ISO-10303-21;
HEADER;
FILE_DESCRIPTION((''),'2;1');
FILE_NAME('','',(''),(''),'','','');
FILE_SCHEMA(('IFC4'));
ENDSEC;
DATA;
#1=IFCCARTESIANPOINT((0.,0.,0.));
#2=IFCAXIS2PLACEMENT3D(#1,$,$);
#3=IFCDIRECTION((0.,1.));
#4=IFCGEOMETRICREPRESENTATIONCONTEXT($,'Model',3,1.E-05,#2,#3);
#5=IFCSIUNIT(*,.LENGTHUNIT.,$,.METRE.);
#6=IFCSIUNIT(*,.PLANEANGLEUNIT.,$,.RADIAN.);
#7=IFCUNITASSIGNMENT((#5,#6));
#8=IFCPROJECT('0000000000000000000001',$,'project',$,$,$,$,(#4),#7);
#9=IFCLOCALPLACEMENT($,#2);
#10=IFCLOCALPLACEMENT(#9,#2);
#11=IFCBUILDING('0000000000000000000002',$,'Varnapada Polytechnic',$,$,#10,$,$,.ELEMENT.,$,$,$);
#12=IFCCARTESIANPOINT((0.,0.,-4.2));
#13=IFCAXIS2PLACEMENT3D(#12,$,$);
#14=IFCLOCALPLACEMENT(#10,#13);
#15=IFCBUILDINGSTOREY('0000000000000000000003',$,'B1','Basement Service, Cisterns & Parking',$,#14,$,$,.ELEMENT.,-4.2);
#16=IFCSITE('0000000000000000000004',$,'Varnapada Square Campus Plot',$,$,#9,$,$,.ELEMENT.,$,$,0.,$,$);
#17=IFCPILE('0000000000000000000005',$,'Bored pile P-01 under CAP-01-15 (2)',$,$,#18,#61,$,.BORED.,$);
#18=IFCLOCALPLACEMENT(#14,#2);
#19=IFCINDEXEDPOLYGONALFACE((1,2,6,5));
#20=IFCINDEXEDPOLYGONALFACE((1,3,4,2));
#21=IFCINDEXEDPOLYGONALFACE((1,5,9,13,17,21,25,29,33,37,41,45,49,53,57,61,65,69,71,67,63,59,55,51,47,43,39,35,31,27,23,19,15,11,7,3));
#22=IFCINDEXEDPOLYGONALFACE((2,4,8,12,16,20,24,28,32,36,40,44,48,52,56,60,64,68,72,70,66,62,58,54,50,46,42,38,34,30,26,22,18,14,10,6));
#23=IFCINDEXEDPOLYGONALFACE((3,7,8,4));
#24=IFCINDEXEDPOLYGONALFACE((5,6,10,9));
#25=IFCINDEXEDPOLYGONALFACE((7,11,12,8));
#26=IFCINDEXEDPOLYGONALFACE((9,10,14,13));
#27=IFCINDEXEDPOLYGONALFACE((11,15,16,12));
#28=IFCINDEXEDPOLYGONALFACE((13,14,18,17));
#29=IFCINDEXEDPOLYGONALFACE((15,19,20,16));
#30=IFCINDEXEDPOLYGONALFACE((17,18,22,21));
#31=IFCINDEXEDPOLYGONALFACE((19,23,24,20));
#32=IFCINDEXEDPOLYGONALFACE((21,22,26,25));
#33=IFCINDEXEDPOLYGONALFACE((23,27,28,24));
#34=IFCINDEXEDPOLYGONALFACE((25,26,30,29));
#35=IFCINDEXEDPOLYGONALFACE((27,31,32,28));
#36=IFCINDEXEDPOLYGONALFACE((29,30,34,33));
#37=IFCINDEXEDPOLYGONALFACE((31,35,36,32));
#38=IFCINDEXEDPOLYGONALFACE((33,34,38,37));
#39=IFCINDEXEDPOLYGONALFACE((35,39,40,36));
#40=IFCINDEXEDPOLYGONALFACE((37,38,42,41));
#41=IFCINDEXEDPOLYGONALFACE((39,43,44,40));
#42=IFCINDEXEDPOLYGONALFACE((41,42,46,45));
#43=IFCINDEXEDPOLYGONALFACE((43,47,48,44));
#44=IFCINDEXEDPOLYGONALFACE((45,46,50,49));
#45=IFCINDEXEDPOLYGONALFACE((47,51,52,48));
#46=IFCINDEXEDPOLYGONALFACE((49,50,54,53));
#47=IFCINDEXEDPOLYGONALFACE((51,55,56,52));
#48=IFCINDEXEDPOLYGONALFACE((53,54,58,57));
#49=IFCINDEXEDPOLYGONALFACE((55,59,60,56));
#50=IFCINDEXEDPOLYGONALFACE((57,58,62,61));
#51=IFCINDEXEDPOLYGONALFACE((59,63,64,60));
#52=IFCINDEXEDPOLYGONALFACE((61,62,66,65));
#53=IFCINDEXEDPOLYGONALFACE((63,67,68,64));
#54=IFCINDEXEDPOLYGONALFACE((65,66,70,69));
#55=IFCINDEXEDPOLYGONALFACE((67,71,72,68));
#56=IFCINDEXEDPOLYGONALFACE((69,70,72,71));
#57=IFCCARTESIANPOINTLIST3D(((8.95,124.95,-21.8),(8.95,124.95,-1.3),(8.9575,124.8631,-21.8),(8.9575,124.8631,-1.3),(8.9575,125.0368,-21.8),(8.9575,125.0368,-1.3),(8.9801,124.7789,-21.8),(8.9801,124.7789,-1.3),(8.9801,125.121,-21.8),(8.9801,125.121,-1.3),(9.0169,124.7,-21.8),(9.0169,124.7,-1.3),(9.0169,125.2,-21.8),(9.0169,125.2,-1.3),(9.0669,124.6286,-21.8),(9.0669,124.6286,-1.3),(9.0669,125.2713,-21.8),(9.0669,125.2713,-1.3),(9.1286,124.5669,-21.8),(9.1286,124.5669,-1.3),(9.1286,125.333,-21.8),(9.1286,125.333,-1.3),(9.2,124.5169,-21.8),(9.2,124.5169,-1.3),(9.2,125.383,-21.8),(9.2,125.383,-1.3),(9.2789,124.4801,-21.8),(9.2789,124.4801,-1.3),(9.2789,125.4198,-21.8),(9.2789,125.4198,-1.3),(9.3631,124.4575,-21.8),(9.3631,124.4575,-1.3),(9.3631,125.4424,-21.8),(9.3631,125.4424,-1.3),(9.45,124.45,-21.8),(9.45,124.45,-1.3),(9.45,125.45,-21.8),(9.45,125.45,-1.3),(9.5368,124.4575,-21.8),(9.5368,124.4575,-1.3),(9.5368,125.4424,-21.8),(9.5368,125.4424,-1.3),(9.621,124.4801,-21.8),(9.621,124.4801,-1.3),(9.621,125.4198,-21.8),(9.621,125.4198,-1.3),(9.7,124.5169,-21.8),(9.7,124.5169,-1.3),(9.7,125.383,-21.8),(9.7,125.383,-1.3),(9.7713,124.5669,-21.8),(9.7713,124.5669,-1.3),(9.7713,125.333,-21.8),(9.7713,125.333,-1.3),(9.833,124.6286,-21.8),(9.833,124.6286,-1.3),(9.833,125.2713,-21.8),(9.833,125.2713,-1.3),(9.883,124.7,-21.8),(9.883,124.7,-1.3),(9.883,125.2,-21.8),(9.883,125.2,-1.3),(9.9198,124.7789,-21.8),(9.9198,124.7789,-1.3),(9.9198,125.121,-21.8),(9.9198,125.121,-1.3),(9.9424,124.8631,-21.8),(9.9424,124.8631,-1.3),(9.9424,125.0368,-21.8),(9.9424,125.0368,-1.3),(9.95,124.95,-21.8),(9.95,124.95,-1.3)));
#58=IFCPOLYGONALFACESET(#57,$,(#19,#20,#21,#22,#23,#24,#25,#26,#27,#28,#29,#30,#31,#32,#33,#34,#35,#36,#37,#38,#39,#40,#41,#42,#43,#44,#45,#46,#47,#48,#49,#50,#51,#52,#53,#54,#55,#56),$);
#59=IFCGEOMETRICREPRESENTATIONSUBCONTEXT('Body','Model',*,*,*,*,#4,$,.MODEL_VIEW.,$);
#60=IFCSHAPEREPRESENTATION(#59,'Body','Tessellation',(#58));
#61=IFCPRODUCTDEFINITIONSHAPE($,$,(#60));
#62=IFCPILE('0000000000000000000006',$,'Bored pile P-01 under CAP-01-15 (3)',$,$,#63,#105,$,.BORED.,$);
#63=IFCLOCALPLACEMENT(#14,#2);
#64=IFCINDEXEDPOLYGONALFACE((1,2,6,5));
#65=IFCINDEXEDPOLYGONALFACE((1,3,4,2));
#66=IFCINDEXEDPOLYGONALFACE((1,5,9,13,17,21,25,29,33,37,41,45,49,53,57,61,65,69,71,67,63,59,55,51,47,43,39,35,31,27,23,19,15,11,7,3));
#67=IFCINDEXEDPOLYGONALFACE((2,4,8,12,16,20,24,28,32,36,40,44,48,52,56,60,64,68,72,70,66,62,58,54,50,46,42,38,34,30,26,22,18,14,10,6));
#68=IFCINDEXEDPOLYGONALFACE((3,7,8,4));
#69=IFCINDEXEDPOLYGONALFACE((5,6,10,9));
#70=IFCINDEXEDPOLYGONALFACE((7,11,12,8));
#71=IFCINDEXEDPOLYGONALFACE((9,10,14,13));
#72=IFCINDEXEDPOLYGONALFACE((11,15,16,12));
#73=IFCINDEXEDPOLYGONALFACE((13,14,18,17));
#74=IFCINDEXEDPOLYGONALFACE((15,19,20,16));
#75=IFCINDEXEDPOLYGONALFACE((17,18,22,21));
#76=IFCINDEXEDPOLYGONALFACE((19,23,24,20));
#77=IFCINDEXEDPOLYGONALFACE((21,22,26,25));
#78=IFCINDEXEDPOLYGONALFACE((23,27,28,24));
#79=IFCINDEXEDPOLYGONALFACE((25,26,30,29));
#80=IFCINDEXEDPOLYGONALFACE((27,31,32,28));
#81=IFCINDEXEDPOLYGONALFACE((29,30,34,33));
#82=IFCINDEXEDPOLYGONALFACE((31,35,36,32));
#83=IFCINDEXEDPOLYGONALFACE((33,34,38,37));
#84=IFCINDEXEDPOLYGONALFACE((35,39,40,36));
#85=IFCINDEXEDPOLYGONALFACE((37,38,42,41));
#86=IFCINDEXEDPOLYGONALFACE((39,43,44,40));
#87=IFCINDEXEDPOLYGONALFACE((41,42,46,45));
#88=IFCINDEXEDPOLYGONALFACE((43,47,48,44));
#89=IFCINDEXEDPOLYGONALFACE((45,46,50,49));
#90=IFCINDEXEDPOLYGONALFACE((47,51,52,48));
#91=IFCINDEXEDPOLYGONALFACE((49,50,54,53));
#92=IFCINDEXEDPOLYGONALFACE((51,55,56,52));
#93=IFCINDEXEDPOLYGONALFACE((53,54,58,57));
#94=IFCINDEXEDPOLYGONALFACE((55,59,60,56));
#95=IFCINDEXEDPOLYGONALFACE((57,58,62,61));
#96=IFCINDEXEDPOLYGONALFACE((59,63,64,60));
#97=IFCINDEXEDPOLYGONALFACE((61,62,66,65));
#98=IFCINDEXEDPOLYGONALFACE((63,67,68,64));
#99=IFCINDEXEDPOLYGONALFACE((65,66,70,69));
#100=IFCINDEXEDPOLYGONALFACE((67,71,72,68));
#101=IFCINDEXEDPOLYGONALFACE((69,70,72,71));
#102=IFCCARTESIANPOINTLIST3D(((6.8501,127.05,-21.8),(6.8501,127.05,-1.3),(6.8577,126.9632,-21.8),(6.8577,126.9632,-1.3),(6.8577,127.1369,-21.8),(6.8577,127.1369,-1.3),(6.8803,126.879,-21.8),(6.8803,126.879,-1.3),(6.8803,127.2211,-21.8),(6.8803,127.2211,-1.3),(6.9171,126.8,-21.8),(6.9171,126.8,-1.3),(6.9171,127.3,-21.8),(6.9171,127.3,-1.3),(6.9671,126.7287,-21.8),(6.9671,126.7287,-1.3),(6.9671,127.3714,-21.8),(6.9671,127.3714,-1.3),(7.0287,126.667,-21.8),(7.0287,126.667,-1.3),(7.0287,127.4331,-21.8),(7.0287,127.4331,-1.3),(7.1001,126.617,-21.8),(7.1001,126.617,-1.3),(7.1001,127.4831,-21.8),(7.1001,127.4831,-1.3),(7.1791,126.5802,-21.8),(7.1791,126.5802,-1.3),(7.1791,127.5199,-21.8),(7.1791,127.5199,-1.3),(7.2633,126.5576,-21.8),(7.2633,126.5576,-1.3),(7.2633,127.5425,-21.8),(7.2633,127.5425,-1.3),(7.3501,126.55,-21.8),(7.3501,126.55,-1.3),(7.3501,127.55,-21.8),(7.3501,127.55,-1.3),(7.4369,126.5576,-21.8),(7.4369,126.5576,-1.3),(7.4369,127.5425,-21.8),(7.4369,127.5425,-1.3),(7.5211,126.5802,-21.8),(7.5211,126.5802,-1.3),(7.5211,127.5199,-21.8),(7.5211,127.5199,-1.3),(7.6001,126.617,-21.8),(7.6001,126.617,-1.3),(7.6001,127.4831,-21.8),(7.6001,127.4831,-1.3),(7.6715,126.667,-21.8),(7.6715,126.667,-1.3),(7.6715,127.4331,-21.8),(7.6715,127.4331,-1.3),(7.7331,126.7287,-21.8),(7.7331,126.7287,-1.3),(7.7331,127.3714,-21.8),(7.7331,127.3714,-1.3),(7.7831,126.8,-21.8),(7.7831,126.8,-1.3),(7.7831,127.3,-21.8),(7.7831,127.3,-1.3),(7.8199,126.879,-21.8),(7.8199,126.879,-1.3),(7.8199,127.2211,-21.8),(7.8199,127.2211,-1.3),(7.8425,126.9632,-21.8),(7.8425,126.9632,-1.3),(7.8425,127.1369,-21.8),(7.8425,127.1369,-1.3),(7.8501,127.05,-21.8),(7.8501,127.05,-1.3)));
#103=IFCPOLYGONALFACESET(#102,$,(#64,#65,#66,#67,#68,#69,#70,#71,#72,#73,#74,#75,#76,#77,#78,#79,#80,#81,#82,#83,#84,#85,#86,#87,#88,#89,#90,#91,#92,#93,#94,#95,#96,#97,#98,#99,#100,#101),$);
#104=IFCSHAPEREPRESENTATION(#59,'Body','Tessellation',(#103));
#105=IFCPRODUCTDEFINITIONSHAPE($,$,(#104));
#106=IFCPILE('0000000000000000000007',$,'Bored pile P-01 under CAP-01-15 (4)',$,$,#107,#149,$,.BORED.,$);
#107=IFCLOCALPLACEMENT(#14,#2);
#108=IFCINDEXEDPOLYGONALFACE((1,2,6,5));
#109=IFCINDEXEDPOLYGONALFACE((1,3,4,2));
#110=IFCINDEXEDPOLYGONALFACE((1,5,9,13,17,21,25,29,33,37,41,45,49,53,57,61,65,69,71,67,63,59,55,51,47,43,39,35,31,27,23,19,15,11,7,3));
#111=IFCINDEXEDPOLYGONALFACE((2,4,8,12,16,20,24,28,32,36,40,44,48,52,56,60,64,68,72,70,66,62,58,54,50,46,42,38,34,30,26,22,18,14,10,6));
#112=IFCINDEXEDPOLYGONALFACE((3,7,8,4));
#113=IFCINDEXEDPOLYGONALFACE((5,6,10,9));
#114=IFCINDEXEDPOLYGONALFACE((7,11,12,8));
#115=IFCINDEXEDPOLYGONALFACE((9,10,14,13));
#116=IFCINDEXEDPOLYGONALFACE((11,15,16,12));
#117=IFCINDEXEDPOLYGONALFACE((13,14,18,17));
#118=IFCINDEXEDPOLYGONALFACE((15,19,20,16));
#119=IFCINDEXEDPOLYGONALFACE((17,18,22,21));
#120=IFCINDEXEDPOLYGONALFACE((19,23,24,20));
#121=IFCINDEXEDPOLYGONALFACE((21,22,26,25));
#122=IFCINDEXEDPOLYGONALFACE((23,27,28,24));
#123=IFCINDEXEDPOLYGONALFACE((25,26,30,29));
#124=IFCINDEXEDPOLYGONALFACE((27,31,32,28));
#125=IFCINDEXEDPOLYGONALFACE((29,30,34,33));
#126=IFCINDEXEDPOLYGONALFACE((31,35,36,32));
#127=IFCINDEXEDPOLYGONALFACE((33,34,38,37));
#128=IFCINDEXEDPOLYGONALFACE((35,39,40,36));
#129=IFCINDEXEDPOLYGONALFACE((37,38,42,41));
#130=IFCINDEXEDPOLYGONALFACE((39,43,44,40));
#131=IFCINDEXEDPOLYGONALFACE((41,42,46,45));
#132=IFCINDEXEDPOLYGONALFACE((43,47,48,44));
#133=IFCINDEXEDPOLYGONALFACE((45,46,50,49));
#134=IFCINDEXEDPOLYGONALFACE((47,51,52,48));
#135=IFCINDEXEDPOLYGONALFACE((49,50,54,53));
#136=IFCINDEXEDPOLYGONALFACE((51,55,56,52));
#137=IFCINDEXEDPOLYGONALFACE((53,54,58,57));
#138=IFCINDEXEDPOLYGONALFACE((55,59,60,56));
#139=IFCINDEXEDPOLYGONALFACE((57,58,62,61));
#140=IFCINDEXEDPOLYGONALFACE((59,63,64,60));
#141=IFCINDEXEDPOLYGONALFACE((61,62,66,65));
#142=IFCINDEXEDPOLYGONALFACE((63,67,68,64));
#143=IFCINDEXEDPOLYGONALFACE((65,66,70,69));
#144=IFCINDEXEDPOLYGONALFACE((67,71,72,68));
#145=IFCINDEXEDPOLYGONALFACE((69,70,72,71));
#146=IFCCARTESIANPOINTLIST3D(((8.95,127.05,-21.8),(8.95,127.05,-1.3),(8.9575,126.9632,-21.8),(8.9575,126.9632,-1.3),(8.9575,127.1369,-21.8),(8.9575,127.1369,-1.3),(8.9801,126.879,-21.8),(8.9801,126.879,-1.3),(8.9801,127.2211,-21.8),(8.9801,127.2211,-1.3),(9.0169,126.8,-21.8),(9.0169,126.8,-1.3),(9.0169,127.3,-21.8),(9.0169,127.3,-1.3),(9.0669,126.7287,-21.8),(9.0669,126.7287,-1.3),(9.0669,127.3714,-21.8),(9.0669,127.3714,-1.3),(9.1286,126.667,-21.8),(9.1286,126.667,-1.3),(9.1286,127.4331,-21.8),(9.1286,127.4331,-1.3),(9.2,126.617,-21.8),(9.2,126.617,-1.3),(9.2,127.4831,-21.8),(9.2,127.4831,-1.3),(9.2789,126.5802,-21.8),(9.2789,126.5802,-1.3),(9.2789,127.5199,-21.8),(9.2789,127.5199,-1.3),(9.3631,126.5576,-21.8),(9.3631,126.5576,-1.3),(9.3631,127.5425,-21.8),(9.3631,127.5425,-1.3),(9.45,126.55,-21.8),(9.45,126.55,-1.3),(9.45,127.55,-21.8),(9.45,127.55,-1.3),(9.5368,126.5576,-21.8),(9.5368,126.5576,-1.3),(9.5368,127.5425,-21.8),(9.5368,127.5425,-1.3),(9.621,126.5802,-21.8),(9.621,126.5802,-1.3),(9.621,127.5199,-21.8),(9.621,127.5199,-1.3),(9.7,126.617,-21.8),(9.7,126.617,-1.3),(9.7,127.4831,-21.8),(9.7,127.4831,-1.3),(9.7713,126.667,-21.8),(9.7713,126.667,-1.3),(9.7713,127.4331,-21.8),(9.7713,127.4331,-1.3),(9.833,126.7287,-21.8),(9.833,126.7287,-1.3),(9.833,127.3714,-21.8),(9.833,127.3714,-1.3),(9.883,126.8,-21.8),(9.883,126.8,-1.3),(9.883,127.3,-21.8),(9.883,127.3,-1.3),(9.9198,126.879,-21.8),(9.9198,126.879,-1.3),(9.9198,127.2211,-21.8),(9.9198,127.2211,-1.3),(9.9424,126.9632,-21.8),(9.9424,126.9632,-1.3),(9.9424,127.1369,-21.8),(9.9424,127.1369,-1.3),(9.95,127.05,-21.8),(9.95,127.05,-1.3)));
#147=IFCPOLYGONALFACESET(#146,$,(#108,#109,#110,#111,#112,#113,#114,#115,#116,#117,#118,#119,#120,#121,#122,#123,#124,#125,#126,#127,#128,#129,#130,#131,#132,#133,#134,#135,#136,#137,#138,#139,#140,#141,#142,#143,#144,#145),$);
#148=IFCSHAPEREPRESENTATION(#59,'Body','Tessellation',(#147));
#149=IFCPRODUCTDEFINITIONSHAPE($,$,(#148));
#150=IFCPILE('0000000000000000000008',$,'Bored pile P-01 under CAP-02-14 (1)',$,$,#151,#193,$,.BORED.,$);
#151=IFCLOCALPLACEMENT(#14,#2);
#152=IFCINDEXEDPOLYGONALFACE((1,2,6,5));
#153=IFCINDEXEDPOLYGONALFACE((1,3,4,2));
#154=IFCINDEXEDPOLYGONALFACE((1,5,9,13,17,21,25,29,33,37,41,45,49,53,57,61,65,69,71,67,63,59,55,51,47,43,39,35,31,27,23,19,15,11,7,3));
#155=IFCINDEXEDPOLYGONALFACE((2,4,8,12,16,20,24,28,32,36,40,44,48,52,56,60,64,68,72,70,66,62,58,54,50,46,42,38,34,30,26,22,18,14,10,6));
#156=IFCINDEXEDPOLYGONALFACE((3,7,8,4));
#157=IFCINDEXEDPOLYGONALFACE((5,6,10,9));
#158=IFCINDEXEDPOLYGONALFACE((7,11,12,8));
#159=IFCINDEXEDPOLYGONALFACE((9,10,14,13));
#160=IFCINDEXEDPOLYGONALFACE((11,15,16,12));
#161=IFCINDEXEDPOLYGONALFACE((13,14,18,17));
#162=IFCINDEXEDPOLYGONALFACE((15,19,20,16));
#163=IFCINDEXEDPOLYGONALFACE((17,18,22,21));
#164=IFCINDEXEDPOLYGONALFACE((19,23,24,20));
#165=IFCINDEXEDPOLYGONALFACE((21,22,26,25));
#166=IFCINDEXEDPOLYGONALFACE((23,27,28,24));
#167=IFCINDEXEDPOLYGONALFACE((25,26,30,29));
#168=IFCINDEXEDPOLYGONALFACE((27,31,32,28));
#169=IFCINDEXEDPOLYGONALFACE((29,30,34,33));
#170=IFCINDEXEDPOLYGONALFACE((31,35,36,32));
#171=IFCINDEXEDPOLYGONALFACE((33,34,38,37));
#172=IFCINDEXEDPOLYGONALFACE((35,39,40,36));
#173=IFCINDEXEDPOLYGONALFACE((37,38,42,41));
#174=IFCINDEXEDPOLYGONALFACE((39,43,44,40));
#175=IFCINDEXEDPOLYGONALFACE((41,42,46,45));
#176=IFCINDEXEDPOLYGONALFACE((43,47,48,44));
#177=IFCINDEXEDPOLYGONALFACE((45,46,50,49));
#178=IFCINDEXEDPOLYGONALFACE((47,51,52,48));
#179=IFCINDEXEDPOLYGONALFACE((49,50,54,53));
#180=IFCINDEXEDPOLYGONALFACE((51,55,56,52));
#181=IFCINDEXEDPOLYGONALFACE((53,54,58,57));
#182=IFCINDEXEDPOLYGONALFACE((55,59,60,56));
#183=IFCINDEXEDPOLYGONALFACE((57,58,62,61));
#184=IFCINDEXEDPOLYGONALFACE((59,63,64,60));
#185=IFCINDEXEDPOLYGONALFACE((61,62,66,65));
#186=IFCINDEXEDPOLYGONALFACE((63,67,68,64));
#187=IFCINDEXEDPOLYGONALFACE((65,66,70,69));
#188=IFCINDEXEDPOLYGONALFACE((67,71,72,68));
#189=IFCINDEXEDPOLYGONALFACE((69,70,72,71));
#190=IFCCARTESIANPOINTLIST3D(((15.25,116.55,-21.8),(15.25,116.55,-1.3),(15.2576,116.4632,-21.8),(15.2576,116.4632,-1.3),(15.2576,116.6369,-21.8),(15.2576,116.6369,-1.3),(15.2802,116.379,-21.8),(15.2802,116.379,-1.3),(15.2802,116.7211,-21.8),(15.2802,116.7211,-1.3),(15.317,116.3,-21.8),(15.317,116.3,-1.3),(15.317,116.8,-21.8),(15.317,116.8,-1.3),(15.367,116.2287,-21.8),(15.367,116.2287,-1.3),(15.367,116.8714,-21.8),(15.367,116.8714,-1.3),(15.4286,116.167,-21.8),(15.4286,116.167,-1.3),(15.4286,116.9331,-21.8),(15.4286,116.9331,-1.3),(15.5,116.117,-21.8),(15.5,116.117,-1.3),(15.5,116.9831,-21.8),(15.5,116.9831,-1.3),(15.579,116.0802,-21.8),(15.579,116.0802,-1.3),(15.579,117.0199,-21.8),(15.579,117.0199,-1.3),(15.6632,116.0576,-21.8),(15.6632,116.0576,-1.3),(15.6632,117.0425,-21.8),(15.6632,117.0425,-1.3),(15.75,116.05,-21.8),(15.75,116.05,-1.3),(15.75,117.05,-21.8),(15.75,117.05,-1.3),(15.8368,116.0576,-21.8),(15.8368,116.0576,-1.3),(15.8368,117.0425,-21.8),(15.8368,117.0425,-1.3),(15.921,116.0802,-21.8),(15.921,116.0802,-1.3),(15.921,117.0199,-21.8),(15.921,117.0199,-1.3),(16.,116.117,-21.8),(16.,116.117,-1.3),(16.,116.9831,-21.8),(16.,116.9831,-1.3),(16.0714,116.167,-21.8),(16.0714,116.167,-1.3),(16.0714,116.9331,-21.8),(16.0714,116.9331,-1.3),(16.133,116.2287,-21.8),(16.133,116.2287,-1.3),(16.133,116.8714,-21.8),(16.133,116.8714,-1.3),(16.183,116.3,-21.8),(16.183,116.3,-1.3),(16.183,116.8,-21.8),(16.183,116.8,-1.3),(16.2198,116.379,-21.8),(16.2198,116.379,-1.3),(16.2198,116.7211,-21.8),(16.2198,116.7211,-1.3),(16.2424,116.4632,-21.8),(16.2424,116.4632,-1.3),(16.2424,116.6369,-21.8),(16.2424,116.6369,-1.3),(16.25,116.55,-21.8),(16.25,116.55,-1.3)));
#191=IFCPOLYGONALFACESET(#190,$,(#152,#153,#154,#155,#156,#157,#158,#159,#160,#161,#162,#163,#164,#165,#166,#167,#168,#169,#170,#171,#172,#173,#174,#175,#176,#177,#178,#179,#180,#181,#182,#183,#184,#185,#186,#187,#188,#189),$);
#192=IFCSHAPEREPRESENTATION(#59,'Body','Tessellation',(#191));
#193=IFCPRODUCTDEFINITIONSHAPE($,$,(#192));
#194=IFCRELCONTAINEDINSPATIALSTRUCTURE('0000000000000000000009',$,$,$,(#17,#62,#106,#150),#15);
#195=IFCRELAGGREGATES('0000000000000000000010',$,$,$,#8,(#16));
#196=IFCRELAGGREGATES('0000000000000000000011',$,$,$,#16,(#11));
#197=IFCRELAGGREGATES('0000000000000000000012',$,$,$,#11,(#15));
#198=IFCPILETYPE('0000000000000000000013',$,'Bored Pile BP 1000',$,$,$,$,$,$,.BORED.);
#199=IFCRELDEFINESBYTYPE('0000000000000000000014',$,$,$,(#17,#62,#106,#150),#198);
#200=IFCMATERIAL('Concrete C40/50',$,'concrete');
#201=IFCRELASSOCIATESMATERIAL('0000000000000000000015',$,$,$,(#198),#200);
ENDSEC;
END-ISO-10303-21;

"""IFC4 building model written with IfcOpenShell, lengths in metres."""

from ifc_helpers import new_model, si_unit, direction, frame, origin, origin_2d, place, context, subcontext, project, spatial, circle, extrude, material, material_profile, profile_set, type_object, element, save


model = new_model("IFC4")

# Units and contexts
model_context = context("Model", 3, precision=1e-05, world=origin(), true_north=direction((0.0, 1.0)))
body_context = subcontext(model_context, "Body", "Model", "MODEL_VIEW")
ifc_project = project(units=[si_unit("LENGTHUNIT", "METRE"), si_unit("PLANEANGLEUNIT", "RADIAN")], contexts=[model_context])

# Site, building, storey
site_placement = place(None, origin())
site = spatial("IfcSite", under=ifc_project, at=site_placement, Name="Varnapada Square Campus Plot", CompositionType="ELEMENT", RefElevation=0.0)
building_placement = place(site_placement, origin())
building = spatial("IfcBuilding", under=site, at=building_placement, Name="Varnapada Polytechnic", CompositionType="ELEMENT")
storey_placement = place(building_placement, frame((0.0, 0.0, -4.2)))
storey = spatial("IfcBuildingStorey", under=building, at=storey_placement, Name="B1", Description="Basement Service, Cisterns & Parking", CompositionType="ELEMENT", Elevation=-4.2)

# Piles
ifc_material_1 = material(Name="Concrete C40/50", Category="concrete")
ifc_material_profile_1 = material_profile(ifc_material_1, circle(Radius=0.5, at=origin_2d()), Name="BP 1000")
ifc_profile_set_1 = profile_set([ifc_material_profile_1], Name="Concrete C40/50")
pile_type_1 = type_object("IfcPileType", Name="Bored Pile BP 1000", PredefinedType="BORED", material=ifc_profile_set_1)
for number, where, z_axis, x_axis, name in (
    (1, (9.45, 124.95, -1.3), (0.0, 0.0, -1.0), (1.0, 0.0, 0.0), "Bored pile P-01 under CAP-01-15 (2)"),
    (2, (7.3501, 127.05, -1.3), (0.0, 0.0, -1.0), (1.0, 0.0, 0.0), "Bored pile P-01 under CAP-01-15 (3)"),
    (3, (9.45, 127.05, -1.3), (0.0, 0.0, -1.0), (1.0, 0.0, 0.0), "Bored pile P-01 under CAP-01-15 (4)"),
    (4, (15.75, 116.55, -1.3), (0.0, 0.0, -1.0), (1.0, 0.0, 0.0), "Bored pile P-01 under CAP-02-14 (1)"),
):
    element("IfcPile", number, at=place(storey_placement, frame(where, z_axis=z_axis, x_axis=x_axis)), inside=storey, type_object=pile_type_1, Name=name, PredefinedType="BORED", context=body_context, shape_type="SweptSolid", body=[
        extrude(circle(Radius=0.5, at=origin_2d()), origin(), (0.0, 0.0, 1.0), 20.5),
    ])

save(model, "model.ifc")
